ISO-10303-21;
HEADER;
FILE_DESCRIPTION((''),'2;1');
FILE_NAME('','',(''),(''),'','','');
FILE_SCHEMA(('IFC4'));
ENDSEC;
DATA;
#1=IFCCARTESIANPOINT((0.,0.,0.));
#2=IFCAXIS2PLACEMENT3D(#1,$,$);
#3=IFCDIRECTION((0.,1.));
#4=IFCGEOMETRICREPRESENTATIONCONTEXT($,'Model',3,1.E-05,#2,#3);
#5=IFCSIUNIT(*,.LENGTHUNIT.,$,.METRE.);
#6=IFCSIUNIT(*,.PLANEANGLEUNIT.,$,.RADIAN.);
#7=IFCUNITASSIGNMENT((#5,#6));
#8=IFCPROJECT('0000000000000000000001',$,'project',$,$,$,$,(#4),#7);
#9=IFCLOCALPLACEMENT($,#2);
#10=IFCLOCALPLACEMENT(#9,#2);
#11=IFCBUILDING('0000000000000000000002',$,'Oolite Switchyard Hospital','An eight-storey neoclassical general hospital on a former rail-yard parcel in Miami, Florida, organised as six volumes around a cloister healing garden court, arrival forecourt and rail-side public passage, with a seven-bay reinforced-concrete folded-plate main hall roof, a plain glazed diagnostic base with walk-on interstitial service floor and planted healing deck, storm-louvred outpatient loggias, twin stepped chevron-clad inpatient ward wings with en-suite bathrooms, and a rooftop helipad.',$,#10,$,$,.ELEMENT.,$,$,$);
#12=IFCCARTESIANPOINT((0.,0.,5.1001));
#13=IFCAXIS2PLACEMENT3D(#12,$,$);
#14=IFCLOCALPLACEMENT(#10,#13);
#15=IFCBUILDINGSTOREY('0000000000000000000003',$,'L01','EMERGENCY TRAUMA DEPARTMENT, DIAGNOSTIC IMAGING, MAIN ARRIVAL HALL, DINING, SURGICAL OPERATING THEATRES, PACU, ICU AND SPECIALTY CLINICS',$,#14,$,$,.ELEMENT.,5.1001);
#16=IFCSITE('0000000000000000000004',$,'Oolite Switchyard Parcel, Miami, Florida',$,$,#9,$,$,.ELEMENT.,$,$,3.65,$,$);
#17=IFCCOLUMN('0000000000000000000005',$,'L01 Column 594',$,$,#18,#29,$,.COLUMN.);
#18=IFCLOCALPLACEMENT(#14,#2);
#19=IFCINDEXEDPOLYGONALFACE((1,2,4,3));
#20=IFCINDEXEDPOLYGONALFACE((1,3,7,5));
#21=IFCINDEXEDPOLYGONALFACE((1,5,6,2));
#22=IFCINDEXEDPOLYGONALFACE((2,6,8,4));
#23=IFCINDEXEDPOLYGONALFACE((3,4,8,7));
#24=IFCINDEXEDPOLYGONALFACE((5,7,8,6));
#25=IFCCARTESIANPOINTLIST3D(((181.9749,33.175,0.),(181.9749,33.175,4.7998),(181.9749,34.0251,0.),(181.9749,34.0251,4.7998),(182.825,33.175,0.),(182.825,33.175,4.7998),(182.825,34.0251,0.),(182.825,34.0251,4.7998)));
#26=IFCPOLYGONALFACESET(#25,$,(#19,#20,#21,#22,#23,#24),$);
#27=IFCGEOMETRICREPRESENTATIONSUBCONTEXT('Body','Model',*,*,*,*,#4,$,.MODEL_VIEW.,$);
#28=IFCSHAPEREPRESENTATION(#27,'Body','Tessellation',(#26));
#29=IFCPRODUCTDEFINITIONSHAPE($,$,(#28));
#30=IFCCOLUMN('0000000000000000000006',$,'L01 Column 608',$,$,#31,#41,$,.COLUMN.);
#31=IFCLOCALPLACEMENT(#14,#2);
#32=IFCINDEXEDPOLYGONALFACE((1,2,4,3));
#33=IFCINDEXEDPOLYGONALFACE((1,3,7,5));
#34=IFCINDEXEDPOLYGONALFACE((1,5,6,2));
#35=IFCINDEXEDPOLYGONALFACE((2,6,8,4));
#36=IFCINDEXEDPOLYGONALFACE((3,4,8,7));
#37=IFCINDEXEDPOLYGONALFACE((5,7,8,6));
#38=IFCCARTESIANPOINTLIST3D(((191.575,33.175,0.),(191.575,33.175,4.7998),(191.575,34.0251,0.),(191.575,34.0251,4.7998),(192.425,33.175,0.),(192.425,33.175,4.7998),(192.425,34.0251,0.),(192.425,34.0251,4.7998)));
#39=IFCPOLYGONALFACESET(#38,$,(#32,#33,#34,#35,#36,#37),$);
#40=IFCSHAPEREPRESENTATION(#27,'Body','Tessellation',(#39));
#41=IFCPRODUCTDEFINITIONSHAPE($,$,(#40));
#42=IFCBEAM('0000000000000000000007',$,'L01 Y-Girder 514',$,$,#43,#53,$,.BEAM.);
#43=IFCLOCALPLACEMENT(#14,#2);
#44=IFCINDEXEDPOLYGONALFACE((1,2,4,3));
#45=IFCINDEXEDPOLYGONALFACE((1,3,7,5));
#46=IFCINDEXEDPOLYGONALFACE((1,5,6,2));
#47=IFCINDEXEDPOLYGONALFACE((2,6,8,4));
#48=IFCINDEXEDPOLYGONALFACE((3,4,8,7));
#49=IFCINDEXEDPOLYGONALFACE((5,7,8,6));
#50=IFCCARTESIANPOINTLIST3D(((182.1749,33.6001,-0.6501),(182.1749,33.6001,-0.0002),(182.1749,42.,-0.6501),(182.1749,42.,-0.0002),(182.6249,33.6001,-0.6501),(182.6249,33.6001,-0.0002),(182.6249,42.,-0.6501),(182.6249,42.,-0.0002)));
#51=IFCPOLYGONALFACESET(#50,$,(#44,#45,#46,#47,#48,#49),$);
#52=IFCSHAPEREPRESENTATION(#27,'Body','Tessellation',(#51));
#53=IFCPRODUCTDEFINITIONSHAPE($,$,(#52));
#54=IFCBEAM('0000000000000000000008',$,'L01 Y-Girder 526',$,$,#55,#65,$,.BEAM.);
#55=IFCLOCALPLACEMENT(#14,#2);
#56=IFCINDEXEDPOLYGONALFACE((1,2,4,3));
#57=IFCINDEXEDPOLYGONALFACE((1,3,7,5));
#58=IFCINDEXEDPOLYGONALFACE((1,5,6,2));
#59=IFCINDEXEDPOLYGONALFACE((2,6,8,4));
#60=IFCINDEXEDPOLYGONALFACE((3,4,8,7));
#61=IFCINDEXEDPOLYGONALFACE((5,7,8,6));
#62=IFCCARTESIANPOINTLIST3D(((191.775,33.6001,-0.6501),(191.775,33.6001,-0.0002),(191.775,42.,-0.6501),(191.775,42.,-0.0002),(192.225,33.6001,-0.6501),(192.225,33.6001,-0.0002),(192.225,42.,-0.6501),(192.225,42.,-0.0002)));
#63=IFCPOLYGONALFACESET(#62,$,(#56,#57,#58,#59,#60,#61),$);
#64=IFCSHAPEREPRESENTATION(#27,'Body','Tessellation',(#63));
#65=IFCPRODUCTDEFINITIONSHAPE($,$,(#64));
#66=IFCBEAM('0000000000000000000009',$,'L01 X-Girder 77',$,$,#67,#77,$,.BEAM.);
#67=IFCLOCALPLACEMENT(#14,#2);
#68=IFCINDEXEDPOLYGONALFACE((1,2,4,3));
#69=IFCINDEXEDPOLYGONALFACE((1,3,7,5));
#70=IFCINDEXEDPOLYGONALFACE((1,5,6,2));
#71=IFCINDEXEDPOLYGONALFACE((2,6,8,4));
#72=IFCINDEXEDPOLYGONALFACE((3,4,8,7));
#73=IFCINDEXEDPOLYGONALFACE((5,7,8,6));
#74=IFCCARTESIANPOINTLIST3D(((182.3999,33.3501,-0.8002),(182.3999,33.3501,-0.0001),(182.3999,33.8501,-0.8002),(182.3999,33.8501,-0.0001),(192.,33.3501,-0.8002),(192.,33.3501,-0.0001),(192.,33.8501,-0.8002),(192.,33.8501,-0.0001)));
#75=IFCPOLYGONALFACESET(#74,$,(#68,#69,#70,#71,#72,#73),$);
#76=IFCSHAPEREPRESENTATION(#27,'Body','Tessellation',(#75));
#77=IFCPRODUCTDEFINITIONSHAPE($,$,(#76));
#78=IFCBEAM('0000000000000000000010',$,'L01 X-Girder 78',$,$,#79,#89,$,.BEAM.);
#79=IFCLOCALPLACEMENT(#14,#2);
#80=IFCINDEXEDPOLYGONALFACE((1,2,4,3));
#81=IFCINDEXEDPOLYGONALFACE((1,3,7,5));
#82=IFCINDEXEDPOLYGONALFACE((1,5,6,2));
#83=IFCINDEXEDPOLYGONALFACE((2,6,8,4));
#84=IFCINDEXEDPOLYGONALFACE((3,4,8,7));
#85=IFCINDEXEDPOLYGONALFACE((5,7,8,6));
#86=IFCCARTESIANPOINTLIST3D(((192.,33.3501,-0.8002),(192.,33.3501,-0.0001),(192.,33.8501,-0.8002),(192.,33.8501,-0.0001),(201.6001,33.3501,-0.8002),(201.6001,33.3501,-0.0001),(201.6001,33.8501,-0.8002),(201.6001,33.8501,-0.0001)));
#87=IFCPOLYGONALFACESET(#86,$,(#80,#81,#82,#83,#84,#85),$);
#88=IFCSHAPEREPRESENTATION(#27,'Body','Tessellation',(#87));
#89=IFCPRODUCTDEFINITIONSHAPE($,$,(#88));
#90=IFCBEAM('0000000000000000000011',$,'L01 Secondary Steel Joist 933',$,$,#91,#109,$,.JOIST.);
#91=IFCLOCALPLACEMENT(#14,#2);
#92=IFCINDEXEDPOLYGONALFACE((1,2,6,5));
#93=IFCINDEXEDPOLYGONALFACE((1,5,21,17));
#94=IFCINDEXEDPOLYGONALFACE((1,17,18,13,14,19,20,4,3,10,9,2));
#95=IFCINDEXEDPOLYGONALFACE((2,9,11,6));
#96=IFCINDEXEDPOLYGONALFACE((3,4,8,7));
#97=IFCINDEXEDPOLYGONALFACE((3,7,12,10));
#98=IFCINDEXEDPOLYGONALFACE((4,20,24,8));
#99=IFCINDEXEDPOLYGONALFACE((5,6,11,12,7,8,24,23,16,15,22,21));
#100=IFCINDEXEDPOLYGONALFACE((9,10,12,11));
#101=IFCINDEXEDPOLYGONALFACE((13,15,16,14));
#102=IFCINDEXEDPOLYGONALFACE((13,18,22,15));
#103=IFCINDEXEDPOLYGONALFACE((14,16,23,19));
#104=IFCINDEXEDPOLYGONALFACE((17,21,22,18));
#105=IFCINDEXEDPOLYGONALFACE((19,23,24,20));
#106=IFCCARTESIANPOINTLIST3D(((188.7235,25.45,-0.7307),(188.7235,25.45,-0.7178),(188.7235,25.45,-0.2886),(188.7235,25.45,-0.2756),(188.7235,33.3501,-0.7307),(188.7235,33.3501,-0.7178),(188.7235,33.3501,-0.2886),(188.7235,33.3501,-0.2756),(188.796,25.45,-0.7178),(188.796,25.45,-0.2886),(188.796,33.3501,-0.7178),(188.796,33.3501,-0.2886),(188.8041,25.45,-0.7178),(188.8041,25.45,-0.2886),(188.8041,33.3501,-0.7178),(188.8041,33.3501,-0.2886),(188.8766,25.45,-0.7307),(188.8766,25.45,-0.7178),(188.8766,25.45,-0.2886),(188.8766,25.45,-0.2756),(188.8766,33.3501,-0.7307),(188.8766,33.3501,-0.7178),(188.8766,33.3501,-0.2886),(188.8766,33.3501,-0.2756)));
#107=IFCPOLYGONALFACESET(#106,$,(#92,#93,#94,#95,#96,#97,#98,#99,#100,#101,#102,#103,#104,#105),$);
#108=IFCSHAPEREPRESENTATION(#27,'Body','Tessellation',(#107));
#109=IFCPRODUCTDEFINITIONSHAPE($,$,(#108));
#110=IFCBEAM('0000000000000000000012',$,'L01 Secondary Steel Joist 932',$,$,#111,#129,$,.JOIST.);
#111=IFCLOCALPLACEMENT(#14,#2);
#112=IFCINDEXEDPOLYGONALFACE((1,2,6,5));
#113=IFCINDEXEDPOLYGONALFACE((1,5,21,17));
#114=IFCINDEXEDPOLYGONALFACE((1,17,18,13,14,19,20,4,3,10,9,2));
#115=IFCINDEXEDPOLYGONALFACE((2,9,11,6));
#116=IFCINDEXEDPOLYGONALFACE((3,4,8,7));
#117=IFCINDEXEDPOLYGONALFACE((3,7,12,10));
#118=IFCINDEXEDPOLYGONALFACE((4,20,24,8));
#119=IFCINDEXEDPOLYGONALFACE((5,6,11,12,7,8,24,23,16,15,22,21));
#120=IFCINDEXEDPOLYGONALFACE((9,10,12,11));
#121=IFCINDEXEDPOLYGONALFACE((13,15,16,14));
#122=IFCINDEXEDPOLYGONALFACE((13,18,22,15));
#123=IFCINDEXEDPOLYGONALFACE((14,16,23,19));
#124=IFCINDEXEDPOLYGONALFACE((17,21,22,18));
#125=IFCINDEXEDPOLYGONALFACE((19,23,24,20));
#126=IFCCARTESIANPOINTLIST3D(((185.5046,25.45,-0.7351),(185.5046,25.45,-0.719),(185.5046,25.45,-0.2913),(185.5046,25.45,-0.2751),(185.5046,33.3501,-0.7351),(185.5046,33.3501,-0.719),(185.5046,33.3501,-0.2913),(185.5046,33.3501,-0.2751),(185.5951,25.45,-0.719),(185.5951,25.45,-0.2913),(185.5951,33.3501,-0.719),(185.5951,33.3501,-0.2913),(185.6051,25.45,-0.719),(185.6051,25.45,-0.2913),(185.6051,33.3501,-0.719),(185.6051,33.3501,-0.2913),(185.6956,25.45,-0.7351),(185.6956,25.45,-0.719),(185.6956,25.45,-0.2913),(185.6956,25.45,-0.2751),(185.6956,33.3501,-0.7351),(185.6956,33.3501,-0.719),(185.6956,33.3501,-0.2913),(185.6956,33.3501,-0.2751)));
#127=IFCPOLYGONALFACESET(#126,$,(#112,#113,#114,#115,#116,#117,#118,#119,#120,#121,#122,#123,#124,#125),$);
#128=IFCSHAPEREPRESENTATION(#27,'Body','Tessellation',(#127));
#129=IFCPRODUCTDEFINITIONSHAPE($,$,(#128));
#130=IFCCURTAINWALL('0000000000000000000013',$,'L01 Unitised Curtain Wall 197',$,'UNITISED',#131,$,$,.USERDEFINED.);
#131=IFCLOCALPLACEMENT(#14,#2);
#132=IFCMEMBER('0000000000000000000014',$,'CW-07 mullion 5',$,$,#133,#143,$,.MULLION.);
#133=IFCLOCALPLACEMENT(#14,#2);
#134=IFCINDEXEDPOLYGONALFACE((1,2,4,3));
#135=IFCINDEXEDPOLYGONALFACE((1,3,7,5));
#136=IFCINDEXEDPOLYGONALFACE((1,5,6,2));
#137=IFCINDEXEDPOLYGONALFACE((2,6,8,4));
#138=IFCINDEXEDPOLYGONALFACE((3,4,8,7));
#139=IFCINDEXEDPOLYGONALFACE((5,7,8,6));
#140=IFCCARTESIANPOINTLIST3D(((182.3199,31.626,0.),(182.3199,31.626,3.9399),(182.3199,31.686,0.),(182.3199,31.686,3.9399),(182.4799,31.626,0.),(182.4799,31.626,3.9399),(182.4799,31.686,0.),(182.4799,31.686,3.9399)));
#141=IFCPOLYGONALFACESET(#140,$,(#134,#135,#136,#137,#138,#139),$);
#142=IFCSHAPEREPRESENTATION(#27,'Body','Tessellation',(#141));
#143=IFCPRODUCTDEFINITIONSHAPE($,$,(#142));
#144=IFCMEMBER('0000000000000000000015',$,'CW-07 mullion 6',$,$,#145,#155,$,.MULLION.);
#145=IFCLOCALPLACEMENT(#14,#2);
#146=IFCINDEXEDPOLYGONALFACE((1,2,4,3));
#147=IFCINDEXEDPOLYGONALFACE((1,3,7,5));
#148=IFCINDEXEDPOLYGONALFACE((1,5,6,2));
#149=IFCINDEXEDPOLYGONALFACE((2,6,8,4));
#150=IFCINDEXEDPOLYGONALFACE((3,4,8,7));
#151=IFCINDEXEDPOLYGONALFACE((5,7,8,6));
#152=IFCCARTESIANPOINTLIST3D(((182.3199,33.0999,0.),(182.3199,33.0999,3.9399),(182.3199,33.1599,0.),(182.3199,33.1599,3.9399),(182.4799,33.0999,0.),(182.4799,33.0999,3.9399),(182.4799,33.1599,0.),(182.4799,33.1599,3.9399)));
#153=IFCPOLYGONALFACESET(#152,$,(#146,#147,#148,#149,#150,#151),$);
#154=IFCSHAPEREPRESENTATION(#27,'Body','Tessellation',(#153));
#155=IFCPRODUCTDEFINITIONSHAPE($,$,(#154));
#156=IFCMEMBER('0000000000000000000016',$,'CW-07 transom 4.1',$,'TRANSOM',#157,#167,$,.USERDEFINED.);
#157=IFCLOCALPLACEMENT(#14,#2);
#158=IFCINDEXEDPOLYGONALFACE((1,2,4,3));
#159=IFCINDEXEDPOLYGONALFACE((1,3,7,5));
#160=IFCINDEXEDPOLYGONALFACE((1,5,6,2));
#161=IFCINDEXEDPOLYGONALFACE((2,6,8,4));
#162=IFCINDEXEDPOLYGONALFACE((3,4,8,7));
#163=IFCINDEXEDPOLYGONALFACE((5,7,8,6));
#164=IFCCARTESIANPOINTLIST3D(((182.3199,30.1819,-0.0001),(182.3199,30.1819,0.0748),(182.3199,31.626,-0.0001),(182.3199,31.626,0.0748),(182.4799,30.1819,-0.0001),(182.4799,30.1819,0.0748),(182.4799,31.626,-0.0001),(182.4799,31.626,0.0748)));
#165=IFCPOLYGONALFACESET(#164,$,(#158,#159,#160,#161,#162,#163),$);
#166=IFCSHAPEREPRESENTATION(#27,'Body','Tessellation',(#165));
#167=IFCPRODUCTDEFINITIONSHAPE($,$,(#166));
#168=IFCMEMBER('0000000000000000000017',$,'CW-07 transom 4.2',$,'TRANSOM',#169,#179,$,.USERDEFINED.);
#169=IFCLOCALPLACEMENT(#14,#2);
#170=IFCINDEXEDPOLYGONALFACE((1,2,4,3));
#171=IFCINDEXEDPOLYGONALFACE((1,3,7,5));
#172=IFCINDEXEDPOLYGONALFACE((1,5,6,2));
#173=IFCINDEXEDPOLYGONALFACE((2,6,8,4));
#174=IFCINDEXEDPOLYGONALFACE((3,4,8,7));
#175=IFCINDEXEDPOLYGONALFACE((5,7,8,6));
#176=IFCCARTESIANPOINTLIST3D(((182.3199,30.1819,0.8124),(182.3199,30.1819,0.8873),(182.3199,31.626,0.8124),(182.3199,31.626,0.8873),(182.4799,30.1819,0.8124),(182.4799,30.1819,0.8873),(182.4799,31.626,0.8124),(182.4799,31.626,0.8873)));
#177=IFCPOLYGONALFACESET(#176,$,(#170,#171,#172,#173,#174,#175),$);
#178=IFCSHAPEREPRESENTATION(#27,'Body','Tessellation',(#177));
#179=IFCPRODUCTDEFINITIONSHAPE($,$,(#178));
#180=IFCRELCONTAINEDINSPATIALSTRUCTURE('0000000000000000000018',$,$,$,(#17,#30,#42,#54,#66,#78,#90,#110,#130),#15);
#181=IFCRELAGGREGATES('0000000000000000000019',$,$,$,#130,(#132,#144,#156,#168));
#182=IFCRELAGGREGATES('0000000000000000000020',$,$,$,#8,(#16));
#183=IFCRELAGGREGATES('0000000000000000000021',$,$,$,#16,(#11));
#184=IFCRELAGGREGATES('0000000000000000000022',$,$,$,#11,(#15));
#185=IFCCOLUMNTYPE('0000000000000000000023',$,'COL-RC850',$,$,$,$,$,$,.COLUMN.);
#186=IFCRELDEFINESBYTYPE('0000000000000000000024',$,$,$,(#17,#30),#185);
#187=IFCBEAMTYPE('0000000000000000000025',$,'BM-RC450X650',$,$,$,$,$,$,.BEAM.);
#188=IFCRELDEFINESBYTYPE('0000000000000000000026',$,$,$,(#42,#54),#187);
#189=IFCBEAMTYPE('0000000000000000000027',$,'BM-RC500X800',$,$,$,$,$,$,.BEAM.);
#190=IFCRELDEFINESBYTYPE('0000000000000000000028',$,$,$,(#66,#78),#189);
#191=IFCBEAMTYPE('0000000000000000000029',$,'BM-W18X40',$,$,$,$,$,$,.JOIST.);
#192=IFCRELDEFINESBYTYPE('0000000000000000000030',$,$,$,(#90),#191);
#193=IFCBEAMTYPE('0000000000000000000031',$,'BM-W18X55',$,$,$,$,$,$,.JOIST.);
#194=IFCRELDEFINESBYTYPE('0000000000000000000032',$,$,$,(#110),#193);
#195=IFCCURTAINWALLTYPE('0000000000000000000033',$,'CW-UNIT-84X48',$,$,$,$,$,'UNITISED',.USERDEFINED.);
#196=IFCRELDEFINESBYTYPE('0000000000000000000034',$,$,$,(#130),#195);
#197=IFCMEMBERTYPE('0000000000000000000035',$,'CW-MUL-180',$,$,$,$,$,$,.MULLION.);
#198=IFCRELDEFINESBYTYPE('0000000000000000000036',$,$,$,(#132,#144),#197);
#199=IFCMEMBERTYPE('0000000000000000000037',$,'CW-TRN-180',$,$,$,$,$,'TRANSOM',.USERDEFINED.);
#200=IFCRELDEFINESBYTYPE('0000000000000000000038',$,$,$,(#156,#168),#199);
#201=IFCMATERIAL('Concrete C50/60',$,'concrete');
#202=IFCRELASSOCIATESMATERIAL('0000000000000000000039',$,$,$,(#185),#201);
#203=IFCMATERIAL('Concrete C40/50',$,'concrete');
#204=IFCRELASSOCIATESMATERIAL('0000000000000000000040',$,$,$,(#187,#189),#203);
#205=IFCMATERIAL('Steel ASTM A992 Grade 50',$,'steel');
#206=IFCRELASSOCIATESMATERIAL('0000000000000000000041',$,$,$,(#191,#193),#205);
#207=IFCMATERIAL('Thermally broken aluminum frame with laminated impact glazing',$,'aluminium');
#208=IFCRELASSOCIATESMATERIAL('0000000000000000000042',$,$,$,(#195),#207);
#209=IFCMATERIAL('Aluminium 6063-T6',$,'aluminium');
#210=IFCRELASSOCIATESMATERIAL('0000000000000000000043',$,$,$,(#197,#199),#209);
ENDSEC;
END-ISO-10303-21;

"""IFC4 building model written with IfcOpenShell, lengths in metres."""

from ifc_helpers import new_model, si_unit, direction, frame, origin, origin_2d, place, context, subcontext, project, spatial, rectangle, i_section, extrude, material, material_profile, profile_set, type_object, element, aggregate, save


model = new_model("IFC4")

# Units and contexts
model_context = context("Model", 3, precision=1e-05, world=origin(), true_north=direction((0.0, 1.0)))
body_context = subcontext(model_context, "Body", "Model", "MODEL_VIEW")
ifc_project = project(units=[si_unit("LENGTHUNIT", "METRE"), si_unit("PLANEANGLEUNIT", "RADIAN")], contexts=[model_context])

# Site, building, storey
site_placement = place(None, origin())
site = spatial("IfcSite", under=ifc_project, at=site_placement, Name="Oolite Switchyard Parcel, Miami, Florida", CompositionType="ELEMENT", RefElevation=3.65)
building_placement = place(site_placement, origin())
building = spatial("IfcBuilding", under=site, at=building_placement, Name="Oolite Switchyard Hospital", Description="An eight-storey neoclassical general hospital on a former rail-yard parcel in Miami, Florida, organised as six volumes around a cloister healing garden court, arrival forecourt and rail-side public passage, with a seven-bay reinforced-concrete folded-plate main hall roof, a plain glazed diagnostic base with walk-on interstitial service floor and planted healing deck, storm-louvred outpatient loggias, twin stepped chevron-clad inpatient ward wings with en-suite bathrooms, and a rooftop helipad.", CompositionType="ELEMENT")
storey_placement = place(building_placement, frame((0.0, 0.0, 5.1001)))
storey = spatial("IfcBuildingStorey", under=building, at=storey_placement, Name="L01", Description="EMERGENCY TRAUMA DEPARTMENT, DIAGNOSTIC IMAGING, MAIN ARRIVAL HALL, DINING, SURGICAL OPERATING THEATRES, PACU, ICU AND SPECIALTY CLINICS", CompositionType="ELEMENT", Elevation=5.1001)

# Columns
ifc_material_1 = material(Name="Concrete C50/60", Category="concrete")
ifc_material_profile_1 = material_profile(ifc_material_1, rectangle(XDim=0.8501, YDim=0.8501, at=origin_2d()), Name="RC850X850")
ifc_profile_set_1 = profile_set([ifc_material_profile_1], Name="Concrete C50/60")
column_type = type_object("IfcColumnType", Name="COL-RC850", PredefinedType="COLUMN", material=ifc_profile_set_1)
for number, where, z_axis, x_axis, name in (
    (1, (182.3999, 33.6001, 0.0), (0.0, 0.0, 1.0), (1.0, 0.0, 0.0), "L01 Column 594"),
    (2, (192.0, 33.6001, 0.0), (0.0, 0.0, 1.0), (1.0, 0.0, 0.0), "L01 Column 608"),
):
    element("IfcColumn", number, at=place(storey_placement, frame(where, z_axis=z_axis, x_axis=x_axis)), inside=storey, type_object=column_type, Name=name, PredefinedType="COLUMN", context=body_context, shape_type="SweptSolid", body=[
        extrude(rectangle(XDim=0.8501, YDim=0.8501, at=origin_2d()), origin(), (0.0, 0.0, 1.0), 4.7998),
    ])

# Beams
ifc_material_2 = material(Name="Concrete C40/50", Category="concrete")
ifc_material_profile_2 = material_profile(ifc_material_2, rectangle(XDim=0.45, YDim=0.6499, at=origin_2d()), Name="RCB450X650")
ifc_profile_set_2 = profile_set([ifc_material_profile_2], Name="Concrete C40/50")
beam_type_1 = type_object("IfcBeamType", Name="BM-RC450X650", PredefinedType="BEAM", material=ifc_profile_set_2)
for number, where, z_axis, x_axis, name in (
    (3, (182.3999, 33.6001, -0.3252), (0.0, 1.0, 0.0), (-1.0, 0.0, 0.0), "L01 Y-Girder 514"),
    (4, (192.0, 33.6001, -0.3252), (0.0, 1.0, 0.0), (-1.0, 0.0, 0.0), "L01 Y-Girder 526"),
):
    element("IfcBeam", number, at=place(storey_placement, frame(where, z_axis=z_axis, x_axis=x_axis)), inside=storey, type_object=beam_type_1, Name=name, PredefinedType="BEAM", context=body_context, shape_type="SweptSolid", body=[
        extrude(rectangle(XDim=0.45, YDim=0.6499, at=origin_2d()), origin(), (0.0, 0.0, 1.0), 8.3999),
    ])
ifc_material_profile_3 = material_profile(ifc_material_2, rectangle(XDim=0.5, YDim=0.8, at=origin_2d()), Name="RCB500X800")
ifc_profile_set_3 = profile_set([ifc_material_profile_3], Name="Concrete C40/50")
beam_type_2 = type_object("IfcBeamType", Name="BM-RC500X800", PredefinedType="BEAM", material=ifc_profile_set_3)
for number, where, z_axis, x_axis, name in (
    (5, (182.3999, 33.6001, -0.4001), (1.0, 0.0, 0.0), (0.0, 1.0, 0.0), "L01 X-Girder 77"),
    (6, (192.0, 33.6001, -0.4001), (1.0, 0.0, 0.0), (0.0, 1.0, 0.0), "L01 X-Girder 78"),
):
    element("IfcBeam", number, at=place(storey_placement, frame(where, z_axis=z_axis, x_axis=x_axis)), inside=storey, type_object=beam_type_2, Name=name, PredefinedType="BEAM", context=body_context, shape_type="SweptSolid", body=[
        extrude(rectangle(XDim=0.5, YDim=0.8, at=origin_2d()), origin(), (0.0, 0.0, 1.0), 9.6001),
    ])
ifc_material_3 = material(Name="Steel ASTM A992 Grade 50", Category="steel")
ifc_material_profile_4 = material_profile(ifc_material_3, i_section(OverallWidth=0.1531, OverallDepth=0.4551, WebThickness=0.0081, FlangeThickness=0.0129, at=origin_2d()), Name="W18X40")
ifc_profile_set_4 = profile_set([ifc_material_profile_4], Name="Steel ASTM A992 Grade 50")
beam_type_3 = type_object("IfcBeamType", Name="BM-W18X40", PredefinedType="JOIST", material=ifc_profile_set_4)
beam_1_placement = place(storey_placement, frame((188.8, 25.45, -0.5032), z_axis=(0.0, 1.0, 0.0), x_axis=(-1.0, 0.0, 0.0)))
element("IfcBeam", 7, at=beam_1_placement, inside=storey, type_object=beam_type_3, Name="L01 Secondary Steel Joist 933", PredefinedType="JOIST", context=body_context, shape_type="SweptSolid", body=[
    extrude(i_section(OverallWidth=0.1531, OverallDepth=0.4551, WebThickness=0.0081, FlangeThickness=0.0129, at=origin_2d()), origin(), (0.0, 0.0, 1.0), 7.9001),
])
ifc_material_profile_5 = material_profile(ifc_material_3, i_section(OverallWidth=0.1909, OverallDepth=0.46, WebThickness=0.01, FlangeThickness=0.0161, at=origin_2d()), Name="W18X55")
ifc_profile_set_5 = profile_set([ifc_material_profile_5], Name="Steel ASTM A992 Grade 50")
beam_type_4 = type_object("IfcBeamType", Name="BM-W18X55", PredefinedType="JOIST", material=ifc_profile_set_5)
beam_2_placement = place(storey_placement, frame((185.6001, 25.45, -0.5051), z_axis=(0.0, 1.0, 0.0), x_axis=(-1.0, 0.0, 0.0)))
element("IfcBeam", 8, at=beam_2_placement, inside=storey, type_object=beam_type_4, Name="L01 Secondary Steel Joist 932", PredefinedType="JOIST", context=body_context, shape_type="SweptSolid", body=[
    extrude(i_section(OverallWidth=0.1909, OverallDepth=0.46, WebThickness=0.01, FlangeThickness=0.0161, at=origin_2d()), origin(), (0.0, 0.0, 1.0), 7.9001),
])

# Curtain wall, members
ifc_material_4 = material(Name="Thermally broken aluminum frame with laminated impact glazing", Category="aluminium")
curtain_wall_type = type_object("IfcCurtainWallType", Name="CW-UNIT-84X48", ElementType="UNITISED", PredefinedType="USERDEFINED", material=ifc_material_4)
curtain_wall_placement = place(storey_placement, origin())
curtain_wall = element("IfcCurtainWall", 9, at=curtain_wall_placement, inside=storey, type_object=curtain_wall_type, Name="L01 Unitised Curtain Wall 197", ObjectType="UNITISED", PredefinedType="USERDEFINED")
ifc_material_5 = material(Name="Aluminium 6063-T6", Category="aluminium")
ifc_material_profile_6 = material_profile(ifc_material_5, rectangle(XDim=0.1599, YDim=0.0601, at=origin_2d()), Name="CWM60X160")
ifc_profile_set_6 = profile_set([ifc_material_profile_6], Name="Aluminium 6063-T6")
member_type_1 = type_object("IfcMemberType", Name="CW-MUL-180", PredefinedType="MULLION", material=ifc_profile_set_6)
member_1_placement = place(storey_placement, frame((182.3999, 31.656, 0.0), z_axis=(0.0, 0.0, 1.0), x_axis=(-1.0, 0.0, 0.0)))
member_1 = element("IfcMember", 10, at=member_1_placement, type_object=member_type_1, Name="CW-07 mullion 5", PredefinedType="MULLION", context=body_context, shape_type="SweptSolid", body=[
    extrude(rectangle(XDim=0.1599, YDim=0.0601, at=origin_2d()), origin(), (0.0, 0.0, 1.0), 3.9399),
])
member_2_placement = place(storey_placement, frame((182.3999, 33.1299, 0.0), z_axis=(0.0, 0.0, 1.0), x_axis=(-1.0, 0.0, 0.0)))
member_2 = element("IfcMember", 11, at=member_2_placement, type_object=member_type_1, Name="CW-07 mullion 6", PredefinedType="MULLION", context=body_context, shape_type="SweptSolid", body=[
    extrude(rectangle(XDim=0.1599, YDim=0.0601, at=origin_2d()), origin(), (0.0, 0.0, 1.0), 3.9399),
])
ifc_material_profile_7 = material_profile(ifc_material_5, rectangle(XDim=0.1599, YDim=0.075, at=origin_2d()), Name="CWT75X160")
ifc_profile_set_7 = profile_set([ifc_material_profile_7], Name="Aluminium 6063-T6")
member_type_2 = type_object("IfcMemberType", Name="CW-TRN-180", ElementType="TRANSOM", PredefinedType="USERDEFINED", material=ifc_profile_set_7)
member_3_placement = place(storey_placement, frame((182.3999, 30.1819, 0.0374), z_axis=(0.0, 1.0, 0.0), x_axis=(-1.0, 0.0, 0.0)))
member_3 = element("IfcMember", 12, at=member_3_placement, type_object=member_type_2, Name="CW-07 transom 4.1", ObjectType="TRANSOM", PredefinedType="USERDEFINED", context=body_context, shape_type="SweptSolid", body=[
    extrude(rectangle(XDim=0.1599, YDim=0.075, at=origin_2d()), origin(), (0.0, 0.0, 1.0), 1.4441),
])
member_4_placement = place(storey_placement, frame((182.3999, 30.1819, 0.8499), z_axis=(0.0, 1.0, 0.0), x_axis=(-1.0, 0.0, 0.0)))
member_4 = element("IfcMember", 13, at=member_4_placement, type_object=member_type_2, Name="CW-07 transom 4.2", ObjectType="TRANSOM", PredefinedType="USERDEFINED", context=body_context, shape_type="SweptSolid", body=[
    extrude(rectangle(XDim=0.1599, YDim=0.075, at=origin_2d()), origin(), (0.0, 0.0, 1.0), 1.4441),
])
aggregate(curtain_wall, [member_1, member_2, member_3, member_4])

save(model, "model.ifc")
